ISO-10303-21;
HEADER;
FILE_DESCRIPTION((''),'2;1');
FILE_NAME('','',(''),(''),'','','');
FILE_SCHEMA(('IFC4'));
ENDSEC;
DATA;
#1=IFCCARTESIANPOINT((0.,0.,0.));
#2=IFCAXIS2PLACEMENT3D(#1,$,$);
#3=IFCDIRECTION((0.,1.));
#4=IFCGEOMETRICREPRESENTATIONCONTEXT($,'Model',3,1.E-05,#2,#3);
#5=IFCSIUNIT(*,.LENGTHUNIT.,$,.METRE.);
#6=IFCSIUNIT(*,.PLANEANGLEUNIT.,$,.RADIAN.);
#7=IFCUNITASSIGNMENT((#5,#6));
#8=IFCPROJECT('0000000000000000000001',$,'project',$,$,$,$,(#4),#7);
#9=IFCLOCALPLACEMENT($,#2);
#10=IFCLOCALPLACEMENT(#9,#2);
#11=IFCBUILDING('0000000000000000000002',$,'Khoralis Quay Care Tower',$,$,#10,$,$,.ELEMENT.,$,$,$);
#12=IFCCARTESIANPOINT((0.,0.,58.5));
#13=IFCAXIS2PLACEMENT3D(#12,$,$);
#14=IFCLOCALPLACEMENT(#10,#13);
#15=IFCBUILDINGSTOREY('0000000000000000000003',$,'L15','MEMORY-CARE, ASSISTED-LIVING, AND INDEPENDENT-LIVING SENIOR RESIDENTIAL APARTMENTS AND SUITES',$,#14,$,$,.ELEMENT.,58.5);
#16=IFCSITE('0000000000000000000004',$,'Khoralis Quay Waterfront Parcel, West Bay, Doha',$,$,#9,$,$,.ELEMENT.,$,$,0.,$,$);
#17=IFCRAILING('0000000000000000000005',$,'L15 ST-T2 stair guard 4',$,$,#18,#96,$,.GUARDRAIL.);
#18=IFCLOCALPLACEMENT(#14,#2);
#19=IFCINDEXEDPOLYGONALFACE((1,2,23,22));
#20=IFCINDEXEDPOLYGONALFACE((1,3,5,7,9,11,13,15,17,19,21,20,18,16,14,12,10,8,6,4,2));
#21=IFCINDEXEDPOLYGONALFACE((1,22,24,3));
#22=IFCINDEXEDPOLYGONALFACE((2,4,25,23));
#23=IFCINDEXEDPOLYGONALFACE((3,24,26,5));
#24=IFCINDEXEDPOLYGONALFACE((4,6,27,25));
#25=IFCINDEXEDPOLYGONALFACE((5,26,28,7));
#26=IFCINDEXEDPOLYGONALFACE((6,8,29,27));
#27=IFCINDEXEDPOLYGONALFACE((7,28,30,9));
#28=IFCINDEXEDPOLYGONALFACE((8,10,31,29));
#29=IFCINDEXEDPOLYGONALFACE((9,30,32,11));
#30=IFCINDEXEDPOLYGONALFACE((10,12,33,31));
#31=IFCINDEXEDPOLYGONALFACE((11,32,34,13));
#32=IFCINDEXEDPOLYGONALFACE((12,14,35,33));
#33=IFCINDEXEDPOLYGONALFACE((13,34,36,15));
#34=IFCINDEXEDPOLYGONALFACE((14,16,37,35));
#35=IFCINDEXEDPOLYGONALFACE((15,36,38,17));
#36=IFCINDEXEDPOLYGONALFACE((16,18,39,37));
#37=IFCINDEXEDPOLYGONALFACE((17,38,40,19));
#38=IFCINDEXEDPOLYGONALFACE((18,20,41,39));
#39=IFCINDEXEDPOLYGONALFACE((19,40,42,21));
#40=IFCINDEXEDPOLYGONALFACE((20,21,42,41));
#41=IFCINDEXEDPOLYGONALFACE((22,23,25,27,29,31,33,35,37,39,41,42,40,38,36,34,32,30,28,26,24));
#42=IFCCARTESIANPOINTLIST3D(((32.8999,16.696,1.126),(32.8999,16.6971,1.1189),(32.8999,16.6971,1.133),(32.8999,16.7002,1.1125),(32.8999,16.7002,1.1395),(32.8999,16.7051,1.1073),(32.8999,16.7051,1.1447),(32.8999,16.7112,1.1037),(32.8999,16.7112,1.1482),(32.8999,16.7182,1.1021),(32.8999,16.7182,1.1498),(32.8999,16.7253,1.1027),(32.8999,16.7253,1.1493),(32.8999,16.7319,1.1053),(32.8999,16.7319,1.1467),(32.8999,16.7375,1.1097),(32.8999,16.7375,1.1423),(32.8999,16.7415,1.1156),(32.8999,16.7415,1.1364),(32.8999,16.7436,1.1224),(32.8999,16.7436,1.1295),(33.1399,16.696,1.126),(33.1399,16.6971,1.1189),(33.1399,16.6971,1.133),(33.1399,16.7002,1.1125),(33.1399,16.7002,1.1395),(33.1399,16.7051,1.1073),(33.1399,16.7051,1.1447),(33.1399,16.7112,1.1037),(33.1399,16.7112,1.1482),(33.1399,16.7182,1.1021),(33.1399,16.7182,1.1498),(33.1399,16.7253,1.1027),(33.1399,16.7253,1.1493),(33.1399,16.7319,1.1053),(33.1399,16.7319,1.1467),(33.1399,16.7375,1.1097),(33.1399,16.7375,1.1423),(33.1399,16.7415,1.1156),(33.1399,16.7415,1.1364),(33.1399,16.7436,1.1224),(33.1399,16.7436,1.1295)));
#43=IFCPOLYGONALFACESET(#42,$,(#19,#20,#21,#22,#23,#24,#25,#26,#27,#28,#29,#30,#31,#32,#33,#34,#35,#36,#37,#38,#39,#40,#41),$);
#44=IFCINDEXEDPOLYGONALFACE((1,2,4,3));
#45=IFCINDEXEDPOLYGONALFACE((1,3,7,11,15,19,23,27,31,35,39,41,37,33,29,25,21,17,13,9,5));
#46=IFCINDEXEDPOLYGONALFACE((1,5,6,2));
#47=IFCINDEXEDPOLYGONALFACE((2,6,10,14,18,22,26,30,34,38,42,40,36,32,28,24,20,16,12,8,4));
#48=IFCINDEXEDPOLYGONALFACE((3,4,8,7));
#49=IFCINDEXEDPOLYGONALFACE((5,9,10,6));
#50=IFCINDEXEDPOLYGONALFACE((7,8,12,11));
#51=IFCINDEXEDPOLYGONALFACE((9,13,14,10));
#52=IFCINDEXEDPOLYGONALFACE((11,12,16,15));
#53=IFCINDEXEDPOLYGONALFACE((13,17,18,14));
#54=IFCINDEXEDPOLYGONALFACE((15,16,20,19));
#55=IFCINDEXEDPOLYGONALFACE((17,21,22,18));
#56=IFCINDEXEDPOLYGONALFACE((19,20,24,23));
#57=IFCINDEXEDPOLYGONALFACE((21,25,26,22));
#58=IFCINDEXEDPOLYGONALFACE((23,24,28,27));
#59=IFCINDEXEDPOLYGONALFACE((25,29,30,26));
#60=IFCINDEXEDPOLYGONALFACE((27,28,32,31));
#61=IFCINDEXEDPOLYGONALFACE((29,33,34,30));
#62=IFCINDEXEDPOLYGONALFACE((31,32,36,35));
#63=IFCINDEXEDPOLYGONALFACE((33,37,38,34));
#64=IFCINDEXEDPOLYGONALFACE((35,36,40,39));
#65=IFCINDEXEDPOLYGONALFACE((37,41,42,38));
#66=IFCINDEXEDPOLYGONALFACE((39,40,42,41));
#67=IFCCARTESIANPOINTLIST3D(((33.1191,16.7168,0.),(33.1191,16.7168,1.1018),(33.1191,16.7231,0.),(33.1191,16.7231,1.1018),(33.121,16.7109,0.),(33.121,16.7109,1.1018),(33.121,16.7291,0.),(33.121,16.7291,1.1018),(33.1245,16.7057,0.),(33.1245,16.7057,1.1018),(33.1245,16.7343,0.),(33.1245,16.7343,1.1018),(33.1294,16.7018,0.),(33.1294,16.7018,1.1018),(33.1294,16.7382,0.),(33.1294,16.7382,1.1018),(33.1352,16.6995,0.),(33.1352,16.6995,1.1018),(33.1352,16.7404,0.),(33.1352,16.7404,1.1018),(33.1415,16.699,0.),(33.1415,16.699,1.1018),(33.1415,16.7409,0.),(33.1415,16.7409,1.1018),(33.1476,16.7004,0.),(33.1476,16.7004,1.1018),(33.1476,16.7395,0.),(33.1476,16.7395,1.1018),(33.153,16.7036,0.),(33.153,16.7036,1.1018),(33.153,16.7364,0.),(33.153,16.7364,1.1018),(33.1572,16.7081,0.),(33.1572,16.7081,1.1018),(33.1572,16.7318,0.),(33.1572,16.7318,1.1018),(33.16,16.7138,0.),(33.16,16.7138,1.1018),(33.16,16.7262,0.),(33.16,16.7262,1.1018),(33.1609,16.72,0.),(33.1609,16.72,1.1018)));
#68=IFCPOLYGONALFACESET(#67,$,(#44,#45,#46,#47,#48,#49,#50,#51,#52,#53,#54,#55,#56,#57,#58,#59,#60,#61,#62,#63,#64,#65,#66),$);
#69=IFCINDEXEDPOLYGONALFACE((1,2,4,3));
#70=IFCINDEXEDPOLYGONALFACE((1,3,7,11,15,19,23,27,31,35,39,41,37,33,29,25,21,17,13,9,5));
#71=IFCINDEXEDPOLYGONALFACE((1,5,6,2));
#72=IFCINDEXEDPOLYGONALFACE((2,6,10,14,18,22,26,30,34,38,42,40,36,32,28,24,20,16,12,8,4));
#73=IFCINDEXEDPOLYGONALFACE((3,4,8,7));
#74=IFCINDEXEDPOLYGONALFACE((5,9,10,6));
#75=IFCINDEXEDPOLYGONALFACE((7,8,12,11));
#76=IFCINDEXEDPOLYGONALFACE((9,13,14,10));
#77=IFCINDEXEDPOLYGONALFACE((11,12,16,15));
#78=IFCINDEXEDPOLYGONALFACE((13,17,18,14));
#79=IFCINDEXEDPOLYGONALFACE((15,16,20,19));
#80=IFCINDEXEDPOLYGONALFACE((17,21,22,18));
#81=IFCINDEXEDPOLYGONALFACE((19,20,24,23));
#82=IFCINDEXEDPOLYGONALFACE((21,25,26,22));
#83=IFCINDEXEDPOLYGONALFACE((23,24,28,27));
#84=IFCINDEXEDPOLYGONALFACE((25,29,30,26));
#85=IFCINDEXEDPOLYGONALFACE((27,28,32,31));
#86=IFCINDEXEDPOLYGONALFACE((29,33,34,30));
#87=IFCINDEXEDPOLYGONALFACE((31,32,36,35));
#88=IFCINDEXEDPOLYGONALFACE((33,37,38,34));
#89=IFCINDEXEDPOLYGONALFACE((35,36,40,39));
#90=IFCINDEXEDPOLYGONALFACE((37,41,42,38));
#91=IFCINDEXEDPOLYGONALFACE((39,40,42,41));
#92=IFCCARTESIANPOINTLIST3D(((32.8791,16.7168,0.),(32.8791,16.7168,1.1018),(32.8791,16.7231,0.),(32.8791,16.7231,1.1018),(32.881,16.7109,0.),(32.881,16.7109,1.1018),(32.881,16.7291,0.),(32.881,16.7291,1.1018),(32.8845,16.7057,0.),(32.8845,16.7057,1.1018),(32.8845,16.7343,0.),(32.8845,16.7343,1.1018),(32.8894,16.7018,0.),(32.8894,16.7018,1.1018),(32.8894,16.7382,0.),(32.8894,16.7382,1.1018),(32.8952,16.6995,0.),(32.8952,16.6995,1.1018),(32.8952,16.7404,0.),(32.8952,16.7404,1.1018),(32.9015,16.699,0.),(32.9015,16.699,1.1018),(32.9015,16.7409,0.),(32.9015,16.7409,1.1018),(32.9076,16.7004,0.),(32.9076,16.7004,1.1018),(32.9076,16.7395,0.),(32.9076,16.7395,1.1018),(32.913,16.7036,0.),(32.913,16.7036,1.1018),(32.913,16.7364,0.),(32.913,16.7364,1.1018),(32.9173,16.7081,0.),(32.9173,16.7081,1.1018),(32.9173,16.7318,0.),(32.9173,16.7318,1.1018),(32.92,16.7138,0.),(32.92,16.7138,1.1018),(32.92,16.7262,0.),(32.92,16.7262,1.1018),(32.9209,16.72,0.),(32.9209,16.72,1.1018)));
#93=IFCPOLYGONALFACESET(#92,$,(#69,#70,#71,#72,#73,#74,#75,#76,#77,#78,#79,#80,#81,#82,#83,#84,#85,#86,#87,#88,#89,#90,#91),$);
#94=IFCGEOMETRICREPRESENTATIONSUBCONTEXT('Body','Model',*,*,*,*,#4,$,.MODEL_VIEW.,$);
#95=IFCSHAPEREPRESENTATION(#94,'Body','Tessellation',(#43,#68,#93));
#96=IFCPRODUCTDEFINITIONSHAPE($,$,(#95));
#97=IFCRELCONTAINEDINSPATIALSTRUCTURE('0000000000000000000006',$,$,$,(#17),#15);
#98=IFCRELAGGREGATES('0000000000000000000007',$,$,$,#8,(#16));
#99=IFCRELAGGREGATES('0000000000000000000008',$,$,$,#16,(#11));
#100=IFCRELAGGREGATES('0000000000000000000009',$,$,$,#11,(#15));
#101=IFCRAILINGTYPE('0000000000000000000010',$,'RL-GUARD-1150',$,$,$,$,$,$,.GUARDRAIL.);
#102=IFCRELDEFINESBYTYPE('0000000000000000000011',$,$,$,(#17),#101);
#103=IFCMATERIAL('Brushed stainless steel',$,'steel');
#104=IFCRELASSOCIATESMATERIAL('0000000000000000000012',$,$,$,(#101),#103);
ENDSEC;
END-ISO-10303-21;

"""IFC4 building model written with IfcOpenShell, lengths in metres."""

from ifc_helpers import new_model, si_unit, direction, frame, origin, origin_2d, place, context, subcontext, project, spatial, circle, extrude, material, type_object, element, save


model = new_model("IFC4")

# Units and contexts
model_context = context("Model", 3, precision=1e-05, world=origin(), true_north=direction((0.0, 1.0)))
body_context = subcontext(model_context, "Body", "Model", "MODEL_VIEW")
ifc_project = project(units=[si_unit("LENGTHUNIT", "METRE"), si_unit("PLANEANGLEUNIT", "RADIAN")], contexts=[model_context])

# Site, building, storey
site_placement = place(None, origin())
site = spatial("IfcSite", under=ifc_project, at=site_placement, Name="Khoralis Quay Waterfront Parcel, West Bay, Doha", CompositionType="ELEMENT", RefElevation=0.0)
building_placement = place(site_placement, origin())
building = spatial("IfcBuilding", under=site, at=building_placement, Name="Khoralis Quay Care Tower", CompositionType="ELEMENT")
storey_placement = place(building_placement, frame((0.0, 0.0, 58.5)))
storey = spatial("IfcBuildingStorey", under=building, at=storey_placement, Name="L15", Description="MEMORY-CARE, ASSISTED-LIVING, AND INDEPENDENT-LIVING SENIOR RESIDENTIAL APARTMENTS AND SUITES", CompositionType="ELEMENT", Elevation=58.5)

# Shared definitions
ifc_material_1 = material(Name="Brushed stainless steel", Category="steel")

# Railing
railing_type_1 = type_object("IfcRailingType", Name="RL-GUARD-1150", PredefinedType="GUARDRAIL", material=ifc_material_1)
railing_1_placement = place(storey_placement, frame((33.1399, 16.72, 0.0)))
element("IfcRailing", 1, at=railing_1_placement, inside=storey, type_object=railing_type_1, Name="L15 ST-T2 stair guard 4", PredefinedType="GUARDRAIL", context=body_context, shape_type="SweptSolid", body=[
    extrude(circle(Radius=0.0239, at=origin_2d()), frame((0.0, 0.0, 1.126), z_axis=(-1.0, 0.0, 0.0), x_axis=(0.0, -1.0, 0.0)), (0.0, 0.0, 1.0), 0.24),
    extrude(circle(Radius=0.021, at=origin_2d()), origin(), (0.0, 0.0, 1.0), 1.1018),
    extrude(circle(Radius=0.021, at=origin_2d()), frame((-0.24, 0.0, 0.0)), (0.0, 0.0, 1.0), 1.1018),
])

save(model, "model.ifc")
